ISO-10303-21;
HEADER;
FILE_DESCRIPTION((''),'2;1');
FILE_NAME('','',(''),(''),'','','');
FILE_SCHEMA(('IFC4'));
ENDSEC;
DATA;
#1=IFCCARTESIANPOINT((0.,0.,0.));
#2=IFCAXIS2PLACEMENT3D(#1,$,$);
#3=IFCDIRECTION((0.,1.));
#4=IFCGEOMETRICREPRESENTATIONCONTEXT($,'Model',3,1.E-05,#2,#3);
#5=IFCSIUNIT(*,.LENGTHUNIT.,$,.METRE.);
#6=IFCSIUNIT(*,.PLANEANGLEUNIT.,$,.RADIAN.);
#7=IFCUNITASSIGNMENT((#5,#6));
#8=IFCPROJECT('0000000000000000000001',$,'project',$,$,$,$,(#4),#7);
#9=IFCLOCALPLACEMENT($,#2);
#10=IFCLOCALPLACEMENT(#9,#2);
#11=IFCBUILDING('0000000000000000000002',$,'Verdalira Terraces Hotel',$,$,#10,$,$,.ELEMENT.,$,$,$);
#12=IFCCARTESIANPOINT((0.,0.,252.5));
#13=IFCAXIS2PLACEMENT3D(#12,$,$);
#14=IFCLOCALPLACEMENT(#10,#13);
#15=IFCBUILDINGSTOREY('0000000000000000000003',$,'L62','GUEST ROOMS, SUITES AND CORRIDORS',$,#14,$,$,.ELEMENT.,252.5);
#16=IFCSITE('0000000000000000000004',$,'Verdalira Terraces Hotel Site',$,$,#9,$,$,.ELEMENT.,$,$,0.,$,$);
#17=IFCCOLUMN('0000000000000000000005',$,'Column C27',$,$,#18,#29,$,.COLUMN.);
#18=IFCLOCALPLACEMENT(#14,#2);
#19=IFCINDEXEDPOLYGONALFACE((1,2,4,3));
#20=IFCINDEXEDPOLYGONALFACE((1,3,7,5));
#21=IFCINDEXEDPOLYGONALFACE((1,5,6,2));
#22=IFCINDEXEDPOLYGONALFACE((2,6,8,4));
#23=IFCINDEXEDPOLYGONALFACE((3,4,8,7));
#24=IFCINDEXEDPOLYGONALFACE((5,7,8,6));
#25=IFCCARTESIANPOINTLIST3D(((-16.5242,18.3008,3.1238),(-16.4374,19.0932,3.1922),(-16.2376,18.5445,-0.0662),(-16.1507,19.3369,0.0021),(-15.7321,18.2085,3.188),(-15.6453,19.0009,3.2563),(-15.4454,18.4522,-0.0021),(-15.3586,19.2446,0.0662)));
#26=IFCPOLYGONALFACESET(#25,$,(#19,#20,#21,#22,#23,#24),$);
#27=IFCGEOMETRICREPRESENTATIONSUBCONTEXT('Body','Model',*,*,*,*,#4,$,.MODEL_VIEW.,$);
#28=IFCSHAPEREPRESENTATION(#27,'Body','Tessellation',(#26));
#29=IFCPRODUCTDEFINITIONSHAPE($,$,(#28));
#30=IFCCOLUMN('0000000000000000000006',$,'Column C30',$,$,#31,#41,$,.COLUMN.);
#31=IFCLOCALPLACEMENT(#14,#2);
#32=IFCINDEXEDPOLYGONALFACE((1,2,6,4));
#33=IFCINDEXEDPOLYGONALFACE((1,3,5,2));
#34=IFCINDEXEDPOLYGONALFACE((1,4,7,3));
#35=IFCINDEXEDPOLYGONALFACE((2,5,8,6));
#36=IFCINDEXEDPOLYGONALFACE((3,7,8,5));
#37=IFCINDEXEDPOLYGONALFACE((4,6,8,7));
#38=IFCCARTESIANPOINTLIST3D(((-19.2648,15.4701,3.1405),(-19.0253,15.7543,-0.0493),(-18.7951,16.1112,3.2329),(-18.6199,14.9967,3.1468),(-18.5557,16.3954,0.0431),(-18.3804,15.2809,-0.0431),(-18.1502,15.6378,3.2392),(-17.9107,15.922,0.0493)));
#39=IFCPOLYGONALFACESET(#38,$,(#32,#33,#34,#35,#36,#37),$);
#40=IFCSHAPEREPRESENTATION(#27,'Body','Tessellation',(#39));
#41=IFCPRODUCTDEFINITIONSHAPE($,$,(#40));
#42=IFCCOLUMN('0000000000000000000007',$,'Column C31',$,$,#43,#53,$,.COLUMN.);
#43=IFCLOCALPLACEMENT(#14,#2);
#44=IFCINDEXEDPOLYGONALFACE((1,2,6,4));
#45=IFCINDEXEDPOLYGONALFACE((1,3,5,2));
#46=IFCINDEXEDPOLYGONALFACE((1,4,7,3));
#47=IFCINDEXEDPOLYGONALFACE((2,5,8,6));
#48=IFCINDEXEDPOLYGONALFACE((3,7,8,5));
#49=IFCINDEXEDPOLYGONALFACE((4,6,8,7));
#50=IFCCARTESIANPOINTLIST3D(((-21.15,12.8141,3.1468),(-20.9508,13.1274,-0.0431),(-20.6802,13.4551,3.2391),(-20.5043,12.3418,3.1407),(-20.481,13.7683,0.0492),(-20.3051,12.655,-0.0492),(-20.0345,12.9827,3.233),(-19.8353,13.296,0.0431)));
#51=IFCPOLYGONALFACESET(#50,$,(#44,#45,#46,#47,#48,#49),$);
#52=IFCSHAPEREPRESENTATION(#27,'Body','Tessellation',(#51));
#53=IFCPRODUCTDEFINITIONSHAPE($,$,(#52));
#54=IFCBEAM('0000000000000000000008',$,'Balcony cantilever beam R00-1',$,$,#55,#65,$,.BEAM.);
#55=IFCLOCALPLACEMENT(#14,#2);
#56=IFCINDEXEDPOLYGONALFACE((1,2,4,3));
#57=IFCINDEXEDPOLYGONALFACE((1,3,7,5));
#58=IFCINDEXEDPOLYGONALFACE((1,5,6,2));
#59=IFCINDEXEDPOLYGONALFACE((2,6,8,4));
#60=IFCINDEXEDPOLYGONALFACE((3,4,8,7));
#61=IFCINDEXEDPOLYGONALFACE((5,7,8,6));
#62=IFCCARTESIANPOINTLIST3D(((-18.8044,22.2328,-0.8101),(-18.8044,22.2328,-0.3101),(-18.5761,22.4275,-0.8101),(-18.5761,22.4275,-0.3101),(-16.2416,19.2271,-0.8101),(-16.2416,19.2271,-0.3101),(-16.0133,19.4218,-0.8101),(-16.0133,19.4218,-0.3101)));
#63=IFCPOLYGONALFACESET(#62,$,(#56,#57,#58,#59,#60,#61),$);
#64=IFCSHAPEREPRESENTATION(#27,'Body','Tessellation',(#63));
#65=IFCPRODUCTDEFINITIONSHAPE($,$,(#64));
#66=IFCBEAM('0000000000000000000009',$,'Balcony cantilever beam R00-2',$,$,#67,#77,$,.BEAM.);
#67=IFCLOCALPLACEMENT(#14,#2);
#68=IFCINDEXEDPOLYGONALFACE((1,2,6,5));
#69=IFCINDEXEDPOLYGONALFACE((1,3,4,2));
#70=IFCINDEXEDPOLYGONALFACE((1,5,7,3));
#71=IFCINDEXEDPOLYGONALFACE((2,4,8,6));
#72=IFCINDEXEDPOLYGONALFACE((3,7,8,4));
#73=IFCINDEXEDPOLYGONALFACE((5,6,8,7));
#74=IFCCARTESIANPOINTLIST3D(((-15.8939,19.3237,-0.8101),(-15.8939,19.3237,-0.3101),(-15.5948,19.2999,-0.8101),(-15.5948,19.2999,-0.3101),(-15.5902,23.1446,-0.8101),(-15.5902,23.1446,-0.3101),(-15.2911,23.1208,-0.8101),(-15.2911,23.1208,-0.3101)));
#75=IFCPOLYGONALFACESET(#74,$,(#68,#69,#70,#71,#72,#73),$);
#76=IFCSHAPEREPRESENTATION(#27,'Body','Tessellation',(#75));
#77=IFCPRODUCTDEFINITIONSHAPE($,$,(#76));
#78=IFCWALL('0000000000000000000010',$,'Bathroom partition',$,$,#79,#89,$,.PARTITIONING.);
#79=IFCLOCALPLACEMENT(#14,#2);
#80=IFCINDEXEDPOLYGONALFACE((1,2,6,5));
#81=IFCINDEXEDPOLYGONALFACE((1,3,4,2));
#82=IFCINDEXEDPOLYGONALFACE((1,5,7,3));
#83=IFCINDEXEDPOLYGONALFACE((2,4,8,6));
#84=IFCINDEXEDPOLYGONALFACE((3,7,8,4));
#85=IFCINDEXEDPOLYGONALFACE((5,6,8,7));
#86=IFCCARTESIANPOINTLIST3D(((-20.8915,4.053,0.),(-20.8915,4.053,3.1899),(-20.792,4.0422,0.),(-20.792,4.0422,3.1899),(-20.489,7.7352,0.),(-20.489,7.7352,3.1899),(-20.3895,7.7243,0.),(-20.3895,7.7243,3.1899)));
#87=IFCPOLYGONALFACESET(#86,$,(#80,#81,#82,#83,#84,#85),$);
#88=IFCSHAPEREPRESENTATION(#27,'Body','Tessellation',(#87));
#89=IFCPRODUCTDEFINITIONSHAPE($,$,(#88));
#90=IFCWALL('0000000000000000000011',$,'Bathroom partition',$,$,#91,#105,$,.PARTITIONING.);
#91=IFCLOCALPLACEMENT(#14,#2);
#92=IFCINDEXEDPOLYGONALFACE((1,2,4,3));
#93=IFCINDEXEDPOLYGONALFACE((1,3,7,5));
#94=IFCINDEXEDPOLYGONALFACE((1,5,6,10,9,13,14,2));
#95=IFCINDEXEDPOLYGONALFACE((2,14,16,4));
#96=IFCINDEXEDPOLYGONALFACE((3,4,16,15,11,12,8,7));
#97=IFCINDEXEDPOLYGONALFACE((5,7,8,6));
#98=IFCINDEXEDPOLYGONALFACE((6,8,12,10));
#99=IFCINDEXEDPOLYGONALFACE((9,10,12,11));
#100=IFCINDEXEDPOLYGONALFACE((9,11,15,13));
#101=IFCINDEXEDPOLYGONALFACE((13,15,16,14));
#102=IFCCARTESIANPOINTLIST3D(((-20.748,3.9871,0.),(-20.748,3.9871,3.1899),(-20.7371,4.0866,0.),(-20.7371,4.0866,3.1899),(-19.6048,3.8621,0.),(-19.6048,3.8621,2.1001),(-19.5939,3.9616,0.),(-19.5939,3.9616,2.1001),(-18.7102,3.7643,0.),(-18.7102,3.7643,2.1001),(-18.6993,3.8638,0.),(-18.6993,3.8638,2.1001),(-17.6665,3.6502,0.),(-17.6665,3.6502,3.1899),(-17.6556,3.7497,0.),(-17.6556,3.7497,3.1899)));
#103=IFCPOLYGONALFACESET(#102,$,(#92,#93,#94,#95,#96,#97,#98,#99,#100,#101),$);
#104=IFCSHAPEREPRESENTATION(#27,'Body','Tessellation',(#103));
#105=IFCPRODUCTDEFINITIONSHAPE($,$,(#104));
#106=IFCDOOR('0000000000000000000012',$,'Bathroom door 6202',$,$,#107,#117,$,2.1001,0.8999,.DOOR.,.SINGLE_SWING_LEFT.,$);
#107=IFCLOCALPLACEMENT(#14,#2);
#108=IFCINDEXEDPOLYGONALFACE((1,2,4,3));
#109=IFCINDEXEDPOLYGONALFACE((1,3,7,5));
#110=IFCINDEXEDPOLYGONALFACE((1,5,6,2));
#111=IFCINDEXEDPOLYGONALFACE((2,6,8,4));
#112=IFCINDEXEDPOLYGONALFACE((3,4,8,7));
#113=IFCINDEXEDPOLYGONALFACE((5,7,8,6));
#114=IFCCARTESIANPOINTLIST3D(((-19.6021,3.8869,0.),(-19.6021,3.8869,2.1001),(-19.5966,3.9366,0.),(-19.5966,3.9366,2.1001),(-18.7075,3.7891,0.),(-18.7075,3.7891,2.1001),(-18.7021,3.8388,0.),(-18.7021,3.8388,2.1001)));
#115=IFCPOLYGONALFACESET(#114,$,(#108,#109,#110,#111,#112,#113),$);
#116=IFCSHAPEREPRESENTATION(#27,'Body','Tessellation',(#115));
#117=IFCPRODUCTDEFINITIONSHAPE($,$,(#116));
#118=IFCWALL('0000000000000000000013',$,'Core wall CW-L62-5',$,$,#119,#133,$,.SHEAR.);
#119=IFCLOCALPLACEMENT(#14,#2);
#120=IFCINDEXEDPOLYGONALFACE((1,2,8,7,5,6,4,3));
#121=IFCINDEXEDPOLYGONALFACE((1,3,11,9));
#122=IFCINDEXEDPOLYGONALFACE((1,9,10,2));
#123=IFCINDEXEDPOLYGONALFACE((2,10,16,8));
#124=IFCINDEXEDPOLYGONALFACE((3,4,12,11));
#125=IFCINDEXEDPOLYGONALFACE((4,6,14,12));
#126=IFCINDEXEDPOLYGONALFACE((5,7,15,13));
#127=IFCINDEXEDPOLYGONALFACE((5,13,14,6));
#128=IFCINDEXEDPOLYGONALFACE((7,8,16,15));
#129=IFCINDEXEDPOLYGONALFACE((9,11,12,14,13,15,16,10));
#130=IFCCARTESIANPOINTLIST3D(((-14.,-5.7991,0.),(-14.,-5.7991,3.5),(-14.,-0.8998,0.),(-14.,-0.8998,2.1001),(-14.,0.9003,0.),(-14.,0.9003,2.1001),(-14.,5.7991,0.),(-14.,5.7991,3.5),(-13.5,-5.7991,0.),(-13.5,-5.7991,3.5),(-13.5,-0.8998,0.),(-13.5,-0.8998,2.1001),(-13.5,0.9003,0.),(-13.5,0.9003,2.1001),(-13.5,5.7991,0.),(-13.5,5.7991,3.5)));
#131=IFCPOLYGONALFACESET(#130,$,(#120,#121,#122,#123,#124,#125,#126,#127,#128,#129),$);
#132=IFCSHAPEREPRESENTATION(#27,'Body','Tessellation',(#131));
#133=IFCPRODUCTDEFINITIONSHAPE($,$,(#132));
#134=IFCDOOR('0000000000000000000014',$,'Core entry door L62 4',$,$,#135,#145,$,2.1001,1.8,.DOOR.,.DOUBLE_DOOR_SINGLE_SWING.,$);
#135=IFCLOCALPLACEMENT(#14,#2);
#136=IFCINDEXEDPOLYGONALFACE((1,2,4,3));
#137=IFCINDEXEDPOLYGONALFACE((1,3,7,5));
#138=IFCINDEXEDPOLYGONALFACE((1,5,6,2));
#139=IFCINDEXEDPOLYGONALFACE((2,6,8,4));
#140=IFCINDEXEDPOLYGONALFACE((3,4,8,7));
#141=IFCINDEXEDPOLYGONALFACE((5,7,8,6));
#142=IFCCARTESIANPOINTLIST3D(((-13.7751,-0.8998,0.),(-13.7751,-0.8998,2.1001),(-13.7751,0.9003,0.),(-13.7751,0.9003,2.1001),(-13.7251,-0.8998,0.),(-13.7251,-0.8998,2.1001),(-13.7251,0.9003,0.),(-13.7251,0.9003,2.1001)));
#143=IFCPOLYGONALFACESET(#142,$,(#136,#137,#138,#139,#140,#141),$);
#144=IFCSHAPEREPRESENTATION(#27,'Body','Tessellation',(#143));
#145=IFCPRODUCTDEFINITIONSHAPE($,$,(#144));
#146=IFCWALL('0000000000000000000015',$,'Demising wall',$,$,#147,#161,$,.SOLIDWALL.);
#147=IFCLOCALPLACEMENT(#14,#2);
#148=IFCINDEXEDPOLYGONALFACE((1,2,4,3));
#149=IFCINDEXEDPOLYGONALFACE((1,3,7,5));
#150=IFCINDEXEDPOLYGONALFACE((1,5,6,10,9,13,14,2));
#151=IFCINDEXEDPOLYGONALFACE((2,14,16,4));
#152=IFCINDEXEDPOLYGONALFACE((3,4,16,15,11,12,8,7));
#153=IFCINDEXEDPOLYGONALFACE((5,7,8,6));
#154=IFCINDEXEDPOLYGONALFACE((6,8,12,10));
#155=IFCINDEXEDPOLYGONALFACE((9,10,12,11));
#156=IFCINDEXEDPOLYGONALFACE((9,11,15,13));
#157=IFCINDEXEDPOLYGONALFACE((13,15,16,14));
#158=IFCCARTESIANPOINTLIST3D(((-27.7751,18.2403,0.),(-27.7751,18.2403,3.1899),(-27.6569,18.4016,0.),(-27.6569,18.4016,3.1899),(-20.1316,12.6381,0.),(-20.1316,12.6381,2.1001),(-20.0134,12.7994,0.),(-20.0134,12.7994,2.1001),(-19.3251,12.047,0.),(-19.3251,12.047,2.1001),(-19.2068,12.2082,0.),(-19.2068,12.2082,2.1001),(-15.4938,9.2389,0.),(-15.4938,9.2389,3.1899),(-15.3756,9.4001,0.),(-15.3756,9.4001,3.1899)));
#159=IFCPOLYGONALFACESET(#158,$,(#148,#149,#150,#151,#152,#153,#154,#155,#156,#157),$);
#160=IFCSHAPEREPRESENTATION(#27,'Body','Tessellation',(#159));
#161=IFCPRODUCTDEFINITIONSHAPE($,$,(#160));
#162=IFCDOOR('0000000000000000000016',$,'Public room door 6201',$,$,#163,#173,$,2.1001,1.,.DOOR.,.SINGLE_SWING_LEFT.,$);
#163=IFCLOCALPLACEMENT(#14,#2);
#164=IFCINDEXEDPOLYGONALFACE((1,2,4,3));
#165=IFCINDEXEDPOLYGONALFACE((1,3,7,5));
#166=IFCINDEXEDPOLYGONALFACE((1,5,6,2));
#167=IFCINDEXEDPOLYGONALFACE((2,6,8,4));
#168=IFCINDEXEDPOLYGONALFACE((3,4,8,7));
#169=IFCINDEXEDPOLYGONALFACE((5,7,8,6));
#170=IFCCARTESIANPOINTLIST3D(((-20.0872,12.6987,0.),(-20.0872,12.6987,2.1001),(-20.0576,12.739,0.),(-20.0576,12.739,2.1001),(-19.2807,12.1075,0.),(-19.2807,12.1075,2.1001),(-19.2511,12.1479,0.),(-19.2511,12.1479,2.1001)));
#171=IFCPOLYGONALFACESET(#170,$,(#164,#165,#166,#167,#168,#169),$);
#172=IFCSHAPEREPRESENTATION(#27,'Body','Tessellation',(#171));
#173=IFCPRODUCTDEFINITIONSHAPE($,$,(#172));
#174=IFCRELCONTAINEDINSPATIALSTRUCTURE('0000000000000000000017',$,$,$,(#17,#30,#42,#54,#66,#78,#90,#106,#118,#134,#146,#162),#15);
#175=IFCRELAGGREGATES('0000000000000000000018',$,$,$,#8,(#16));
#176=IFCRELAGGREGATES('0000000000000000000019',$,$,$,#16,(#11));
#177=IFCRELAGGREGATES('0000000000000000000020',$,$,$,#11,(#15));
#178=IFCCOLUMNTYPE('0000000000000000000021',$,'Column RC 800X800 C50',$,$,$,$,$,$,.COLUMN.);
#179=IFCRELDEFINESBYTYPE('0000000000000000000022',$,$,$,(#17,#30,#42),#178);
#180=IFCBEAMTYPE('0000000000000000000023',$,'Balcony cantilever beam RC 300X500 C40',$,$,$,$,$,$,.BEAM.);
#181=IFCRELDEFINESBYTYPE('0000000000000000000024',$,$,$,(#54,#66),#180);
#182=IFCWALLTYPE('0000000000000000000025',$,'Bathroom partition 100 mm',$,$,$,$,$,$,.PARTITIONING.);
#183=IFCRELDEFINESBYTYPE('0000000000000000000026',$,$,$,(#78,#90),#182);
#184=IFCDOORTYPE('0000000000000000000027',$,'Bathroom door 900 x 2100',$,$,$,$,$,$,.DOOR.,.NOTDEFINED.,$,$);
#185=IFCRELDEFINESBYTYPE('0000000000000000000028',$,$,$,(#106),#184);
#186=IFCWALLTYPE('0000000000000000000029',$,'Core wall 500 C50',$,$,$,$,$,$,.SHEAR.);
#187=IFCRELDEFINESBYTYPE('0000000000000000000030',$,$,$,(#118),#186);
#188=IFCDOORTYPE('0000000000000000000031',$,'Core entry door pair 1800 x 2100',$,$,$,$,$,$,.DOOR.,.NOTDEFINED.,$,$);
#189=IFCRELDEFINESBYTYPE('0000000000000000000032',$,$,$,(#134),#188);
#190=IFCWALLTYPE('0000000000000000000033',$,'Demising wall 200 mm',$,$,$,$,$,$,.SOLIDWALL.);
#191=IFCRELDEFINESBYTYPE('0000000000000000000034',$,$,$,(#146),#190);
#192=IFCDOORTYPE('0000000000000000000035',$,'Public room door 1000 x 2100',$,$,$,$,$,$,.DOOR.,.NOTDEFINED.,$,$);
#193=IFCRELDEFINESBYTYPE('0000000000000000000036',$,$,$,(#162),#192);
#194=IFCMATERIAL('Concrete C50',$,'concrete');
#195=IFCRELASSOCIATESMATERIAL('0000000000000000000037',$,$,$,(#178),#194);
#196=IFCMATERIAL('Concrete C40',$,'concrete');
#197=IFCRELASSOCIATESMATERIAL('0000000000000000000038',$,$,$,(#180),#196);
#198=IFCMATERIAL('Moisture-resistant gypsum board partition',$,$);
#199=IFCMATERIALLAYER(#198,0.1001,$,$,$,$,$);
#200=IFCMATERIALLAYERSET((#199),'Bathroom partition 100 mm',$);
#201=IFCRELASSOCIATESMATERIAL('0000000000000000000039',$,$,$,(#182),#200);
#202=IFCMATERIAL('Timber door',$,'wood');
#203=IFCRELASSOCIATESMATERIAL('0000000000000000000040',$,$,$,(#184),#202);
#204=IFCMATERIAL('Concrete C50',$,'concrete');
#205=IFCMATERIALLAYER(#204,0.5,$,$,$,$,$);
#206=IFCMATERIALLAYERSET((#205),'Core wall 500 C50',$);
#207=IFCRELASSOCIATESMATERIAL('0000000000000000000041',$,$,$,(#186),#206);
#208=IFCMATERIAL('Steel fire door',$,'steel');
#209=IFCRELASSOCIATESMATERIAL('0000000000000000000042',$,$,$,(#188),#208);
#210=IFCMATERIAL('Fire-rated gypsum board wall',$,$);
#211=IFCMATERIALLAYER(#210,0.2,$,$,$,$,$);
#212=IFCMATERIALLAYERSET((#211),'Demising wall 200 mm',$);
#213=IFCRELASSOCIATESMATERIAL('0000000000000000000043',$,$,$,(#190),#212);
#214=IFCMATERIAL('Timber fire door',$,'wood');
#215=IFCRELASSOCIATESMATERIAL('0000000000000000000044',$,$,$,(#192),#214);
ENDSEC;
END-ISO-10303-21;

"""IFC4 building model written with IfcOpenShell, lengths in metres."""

from ifc_helpers import new_model, si_unit, direction, frame, frame_2d, origin, origin_2d, place, context, subcontext, project, spatial, rectangle, extrude, material, layer, layer_set, material_profile, profile_set, type_object, element, fill, save


model = new_model("IFC4")

# Units and contexts
model_context = context("Model", 3, precision=1e-05, world=origin(), true_north=direction((0.0, 1.0)))
body_context = subcontext(model_context, "Body", "Model", "MODEL_VIEW")
ifc_project = project(units=[si_unit("LENGTHUNIT", "METRE"), si_unit("PLANEANGLEUNIT", "RADIAN")], contexts=[model_context])

# Site, building, storey
site_placement = place(None, origin())
site = spatial("IfcSite", under=ifc_project, at=site_placement, Name="Verdalira Terraces Hotel Site", CompositionType="ELEMENT", RefElevation=0.0)
building_placement = place(site_placement, origin())
building = spatial("IfcBuilding", under=site, at=building_placement, Name="Verdalira Terraces Hotel", CompositionType="ELEMENT")
storey_placement = place(building_placement, frame((0.0, 0.0, 252.5)))
storey = spatial("IfcBuildingStorey", under=building, at=storey_placement, Name="L62", Description="GUEST ROOMS, SUITES AND CORRIDORS", CompositionType="ELEMENT", Elevation=252.5)

# Columns
ifc_material_1 = material(Name="Concrete C50", Category="concrete")
ifc_material_profile_1 = material_profile(ifc_material_1, rectangle(XDim=0.8, YDim=0.8, at=origin_2d()), Name="RC 800X800")
ifc_profile_set_1 = profile_set([ifc_material_profile_1], Name="Concrete C50")
column_type = type_object("IfcColumnType", Name="Column RC 800X800 C50", PredefinedType="COLUMN", material=ifc_profile_set_1)
column_placement = place(storey_placement, frame((-15.7981, 18.8945, 0.0), z_axis=(-0.089233, -0.075856, 0.993118), x_axis=(0.990083, -0.115382, 0.080147)))
element("IfcColumn", 1, at=column_placement, inside=storey, type_object=column_type, Name="Column C27", PredefinedType="COLUMN", context=body_context, shape_type="SweptSolid", body=[
    extrude(rectangle(XDim=0.8, YDim=0.8, at=origin_2d()), origin(), (0.0, 0.0, 1.0), 3.2122),
])
for number, where, z_axis, x_axis, name in (
    (2, (-18.468, 15.8381, 0.0), (-0.074576, -0.088488, 0.993282), (-0.806116, 0.591706, -0.007811), "Column C30"),
    (3, (-20.3931, 13.2117, 0.0), (-0.062034, -0.097536, 0.993297), (-0.807047, 0.590438, 0.007576), "Column C31"),
):
    element("IfcColumn", number, at=place(storey_placement, frame(where, z_axis=z_axis, x_axis=x_axis)), inside=storey, type_object=column_type, Name=name, PredefinedType="COLUMN", context=body_context, shape_type="SweptSolid", body=[
        extrude(rectangle(XDim=0.8, YDim=0.8, at=origin_2d()), origin(), (0.0, 0.0, 1.0), 3.2114),
    ])

# Beams
ifc_material_2 = material(Name="Concrete C40", Category="concrete")
ifc_material_profile_2 = material_profile(ifc_material_2, rectangle(XDim=0.3, YDim=0.5, at=origin_2d()), Name="RC 300X500")
ifc_profile_set_2 = profile_set([ifc_material_profile_2], Name="Concrete C40")
beam_type = type_object("IfcBeamType", Name="Balcony cantilever beam RC 300X500 C40", PredefinedType="BEAM", material=ifc_profile_set_2)
beam_1_placement = place(storey_placement, frame((-16.1274, 19.3245, -0.5601), z_axis=(-0.648819, 0.760943, 0.0), x_axis=(-0.760943, -0.648819, 0.0)))
element("IfcBeam", 4, at=beam_1_placement, inside=storey, type_object=beam_type, Name="Balcony cantilever beam R00-1", PredefinedType="BEAM", context=body_context, shape_type="SweptSolid", body=[
    extrude(rectangle(XDim=0.3, YDim=0.5, at=origin_2d()), origin(), (0.0, 0.0, 1.0), 3.95),
])
beam_2_placement = place(storey_placement, frame((-15.7444, 19.3118, -0.5601), z_axis=(0.079234, 0.996856, 0.0), x_axis=(-0.996856, 0.079234, 0.0)))
element("IfcBeam", 5, at=beam_2_placement, inside=storey, type_object=beam_type, Name="Balcony cantilever beam R00-2", PredefinedType="BEAM", context=body_context, shape_type="SweptSolid", body=[
    extrude(rectangle(XDim=0.3, YDim=0.5, at=origin_2d()), origin(), (0.0, 0.0, 1.0), 3.833),
])

# Wall
ifc_material_3 = material(Name="Moisture-resistant gypsum board partition")
ifc_layer_1 = layer(ifc_material_3, 0.1001)
ifc_layer_set_1 = layer_set([ifc_layer_1], Name="Bathroom partition 100 mm")
wall_type_1 = type_object("IfcWallType", Name="Bathroom partition 100 mm", PredefinedType="PARTITIONING", material=ifc_layer_set_1)
wall_1_placement = place(storey_placement, frame((-20.8418, 4.0476, 0.0), z_axis=(0.0, 0.0, 1.0), x_axis=(0.108688, 0.994076, 0.0)))
element("IfcWall", 6, at=wall_1_placement, inside=storey, type_object=wall_type_1, Name="Bathroom partition", PredefinedType="PARTITIONING", context=body_context, shape_type="SweptSolid", body=[
    extrude(rectangle(XDim=3.7041, YDim=0.1001, at=frame_2d((1.8521, 0.0))), origin(), (0.0, 0.0, 1.0), 3.1899),
])

# Walls, openings, doors
wall_2_placement = place(storey_placement, frame((-20.7424, 4.0369, 0.0), z_axis=(0.0, 0.0, 1.0), x_axis=(0.994076, -0.108685, 0.0)))
wall_2 = element("IfcWall", 7, at=wall_2_placement, inside=storey, type_object=wall_type_1, Name="Bathroom partition", PredefinedType="PARTITIONING", context=body_context, shape_type="SweptSolid", body=[
    extrude(rectangle(XDim=3.0999, YDim=0.1001, at=frame_2d((1.5498, 0.0))), origin(), (0.0, 0.0, 1.0), 3.1899),
])
opening_1_placement = place(wall_2_placement, frame((1.1499, 0.0, 0.0)))
opening_1 = element("IfcOpeningElement", 8, at=opening_1_placement, cuts=wall_2, PredefinedType="OPENING", context=body_context, shape_type="SweptSolid", body=[
    extrude(rectangle(XDim=0.8999, YDim=2.1001, at=frame_2d((0.45, 1.05))), frame((0.0, 0.0601, 0.0), z_axis=(0.0, -1.0, 0.0), x_axis=(1.0, 0.0, 0.0)), (0.0, 0.0, 1.0), 0.1201),
])
ifc_material_4 = material(Name="Timber door", Category="wood")
door_type_1 = type_object("IfcDoorType", Name="Bathroom door 900 x 2100", OperationType="NOTDEFINED", PredefinedType="DOOR", material=ifc_material_4)
door_1_placement = place(opening_1_placement, origin())
door_1 = element("IfcDoor", 9, at=door_1_placement, inside=storey, type_object=door_type_1, Name="Bathroom door 6202", OperationType="SINGLE_SWING_LEFT", OverallHeight=2.1001, OverallWidth=0.8999, PredefinedType="DOOR", context=body_context, shape_type="SweptSolid", body=[
    extrude(rectangle(XDim=0.8999, YDim=2.1001, at=frame_2d((0.45, 1.05))), frame((0.0, 0.0249, 0.0), z_axis=(0.0, -1.0, 0.0), x_axis=(1.0, 0.0, 0.0)), (0.0, 0.0, 1.0), 0.05),
])
fill(opening_1, door_1)
ifc_material_5 = material(Name="Concrete C50", Category="concrete")
ifc_layer_2 = layer(ifc_material_5, 0.5)
ifc_layer_set_2 = layer_set([ifc_layer_2], Name="Core wall 500 C50")
wall_type_2 = type_object("IfcWallType", Name="Core wall 500 C50", PredefinedType="SHEAR", material=ifc_layer_set_2)
wall_3_placement = place(storey_placement, frame((-13.75, 5.7991, 0.0), z_axis=(0.0, 0.0, 1.0), x_axis=(0.0, -1.0, 0.0)))
wall_3 = element("IfcWall", 10, at=wall_3_placement, inside=storey, type_object=wall_type_2, Name="Core wall CW-L62-5", PredefinedType="SHEAR", context=body_context, shape_type="SweptSolid", body=[
    extrude(rectangle(XDim=11.5981, YDim=0.5, at=frame_2d((5.7991, 0.0))), origin(), (0.0, 0.0, 1.0), 3.5),
])
opening_2_placement = place(wall_3_placement, frame((4.8989, 0.0, 0.0)))
opening_2 = element("IfcOpeningElement", 11, at=opening_2_placement, cuts=wall_3, PredefinedType="OPENING", context=body_context, shape_type="SweptSolid", body=[
    extrude(rectangle(XDim=1.8, YDim=2.1001, at=frame_2d((0.8999, 1.05))), frame((0.0, 0.26, 0.0), z_axis=(0.0, -1.0, 0.0), x_axis=(1.0, 0.0, 0.0)), (0.0, 0.0, 1.0), 0.52),
])
ifc_material_6 = material(Name="Steel fire door", Category="steel")
door_type_2 = type_object("IfcDoorType", Name="Core entry door pair 1800 x 2100", OperationType="NOTDEFINED", PredefinedType="DOOR", material=ifc_material_6)
door_2_placement = place(opening_2_placement, origin())
door_2 = element("IfcDoor", 12, at=door_2_placement, inside=storey, type_object=door_type_2, Name="Core entry door L62 4", OperationType="DOUBLE_DOOR_SINGLE_SWING", OverallHeight=2.1001, OverallWidth=1.8, PredefinedType="DOOR", context=body_context, shape_type="SweptSolid", body=[
    extrude(rectangle(XDim=1.8, YDim=2.1001, at=frame_2d((0.8999, 1.05))), frame((0.0, 0.0249, 0.0), z_axis=(0.0, -1.0, 0.0), x_axis=(1.0, 0.0, 0.0)), (0.0, 0.0, 1.0), 0.05),
])
fill(opening_2, door_2)
ifc_material_7 = material(Name="Fire-rated gypsum board wall")
ifc_layer_3 = layer(ifc_material_7, 0.2)
ifc_layer_set_3 = layer_set([ifc_layer_3], Name="Demising wall 200 mm")
wall_type_3 = type_object("IfcWallType", Name="Demising wall 200 mm", PredefinedType="SOLIDWALL", material=ifc_layer_set_3)
wall_4_placement = place(storey_placement, frame((-15.4348, 9.3196, 0.0), z_axis=(0.0, 0.0, 1.0), x_axis=(-0.806555, 0.591159, 0.0)))
wall_4 = element("IfcWall", 13, at=wall_4_placement, inside=storey, type_object=wall_type_3, Name="Demising wall", PredefinedType="SOLIDWALL", context=body_context, shape_type="SweptSolid", body=[
    extrude(rectangle(XDim=15.2268, YDim=0.2, at=frame_2d((7.6133, 0.0))), origin(), (0.0, 0.0, 1.0), 3.1899),
])
opening_3_placement = place(wall_4_placement, frame((4.75, 0.0, 0.0)))
opening_3 = element("IfcOpeningElement", 14, at=opening_3_placement, cuts=wall_4, PredefinedType="OPENING", context=body_context, shape_type="SweptSolid", body=[
    extrude(rectangle(XDim=1.0, YDim=2.1001, at=frame_2d((0.5, 1.05))), frame((0.0, 0.1099, 0.0), z_axis=(0.0, -1.0, 0.0), x_axis=(1.0, 0.0, 0.0)), (0.0, 0.0, 1.0), 0.22),
])
ifc_material_8 = material(Name="Timber fire door", Category="wood")
door_type_3 = type_object("IfcDoorType", Name="Public room door 1000 x 2100", OperationType="NOTDEFINED", PredefinedType="DOOR", material=ifc_material_8)
door_3_placement = place(opening_3_placement, origin())
door_3 = element("IfcDoor", 15, at=door_3_placement, inside=storey, type_object=door_type_3, Name="Public room door 6201", OperationType="SINGLE_SWING_LEFT", OverallHeight=2.1001, OverallWidth=1.0, PredefinedType="DOOR", context=body_context, shape_type="SweptSolid", body=[
    extrude(rectangle(XDim=1.0, YDim=2.1001, at=frame_2d((0.5, 1.05))), frame((0.0, 0.0249, 0.0), z_axis=(0.0, -1.0, 0.0), x_axis=(1.0, 0.0, 0.0)), (0.0, 0.0, 1.0), 0.05),
])
fill(opening_3, door_3)

save(model, "model.ifc")
